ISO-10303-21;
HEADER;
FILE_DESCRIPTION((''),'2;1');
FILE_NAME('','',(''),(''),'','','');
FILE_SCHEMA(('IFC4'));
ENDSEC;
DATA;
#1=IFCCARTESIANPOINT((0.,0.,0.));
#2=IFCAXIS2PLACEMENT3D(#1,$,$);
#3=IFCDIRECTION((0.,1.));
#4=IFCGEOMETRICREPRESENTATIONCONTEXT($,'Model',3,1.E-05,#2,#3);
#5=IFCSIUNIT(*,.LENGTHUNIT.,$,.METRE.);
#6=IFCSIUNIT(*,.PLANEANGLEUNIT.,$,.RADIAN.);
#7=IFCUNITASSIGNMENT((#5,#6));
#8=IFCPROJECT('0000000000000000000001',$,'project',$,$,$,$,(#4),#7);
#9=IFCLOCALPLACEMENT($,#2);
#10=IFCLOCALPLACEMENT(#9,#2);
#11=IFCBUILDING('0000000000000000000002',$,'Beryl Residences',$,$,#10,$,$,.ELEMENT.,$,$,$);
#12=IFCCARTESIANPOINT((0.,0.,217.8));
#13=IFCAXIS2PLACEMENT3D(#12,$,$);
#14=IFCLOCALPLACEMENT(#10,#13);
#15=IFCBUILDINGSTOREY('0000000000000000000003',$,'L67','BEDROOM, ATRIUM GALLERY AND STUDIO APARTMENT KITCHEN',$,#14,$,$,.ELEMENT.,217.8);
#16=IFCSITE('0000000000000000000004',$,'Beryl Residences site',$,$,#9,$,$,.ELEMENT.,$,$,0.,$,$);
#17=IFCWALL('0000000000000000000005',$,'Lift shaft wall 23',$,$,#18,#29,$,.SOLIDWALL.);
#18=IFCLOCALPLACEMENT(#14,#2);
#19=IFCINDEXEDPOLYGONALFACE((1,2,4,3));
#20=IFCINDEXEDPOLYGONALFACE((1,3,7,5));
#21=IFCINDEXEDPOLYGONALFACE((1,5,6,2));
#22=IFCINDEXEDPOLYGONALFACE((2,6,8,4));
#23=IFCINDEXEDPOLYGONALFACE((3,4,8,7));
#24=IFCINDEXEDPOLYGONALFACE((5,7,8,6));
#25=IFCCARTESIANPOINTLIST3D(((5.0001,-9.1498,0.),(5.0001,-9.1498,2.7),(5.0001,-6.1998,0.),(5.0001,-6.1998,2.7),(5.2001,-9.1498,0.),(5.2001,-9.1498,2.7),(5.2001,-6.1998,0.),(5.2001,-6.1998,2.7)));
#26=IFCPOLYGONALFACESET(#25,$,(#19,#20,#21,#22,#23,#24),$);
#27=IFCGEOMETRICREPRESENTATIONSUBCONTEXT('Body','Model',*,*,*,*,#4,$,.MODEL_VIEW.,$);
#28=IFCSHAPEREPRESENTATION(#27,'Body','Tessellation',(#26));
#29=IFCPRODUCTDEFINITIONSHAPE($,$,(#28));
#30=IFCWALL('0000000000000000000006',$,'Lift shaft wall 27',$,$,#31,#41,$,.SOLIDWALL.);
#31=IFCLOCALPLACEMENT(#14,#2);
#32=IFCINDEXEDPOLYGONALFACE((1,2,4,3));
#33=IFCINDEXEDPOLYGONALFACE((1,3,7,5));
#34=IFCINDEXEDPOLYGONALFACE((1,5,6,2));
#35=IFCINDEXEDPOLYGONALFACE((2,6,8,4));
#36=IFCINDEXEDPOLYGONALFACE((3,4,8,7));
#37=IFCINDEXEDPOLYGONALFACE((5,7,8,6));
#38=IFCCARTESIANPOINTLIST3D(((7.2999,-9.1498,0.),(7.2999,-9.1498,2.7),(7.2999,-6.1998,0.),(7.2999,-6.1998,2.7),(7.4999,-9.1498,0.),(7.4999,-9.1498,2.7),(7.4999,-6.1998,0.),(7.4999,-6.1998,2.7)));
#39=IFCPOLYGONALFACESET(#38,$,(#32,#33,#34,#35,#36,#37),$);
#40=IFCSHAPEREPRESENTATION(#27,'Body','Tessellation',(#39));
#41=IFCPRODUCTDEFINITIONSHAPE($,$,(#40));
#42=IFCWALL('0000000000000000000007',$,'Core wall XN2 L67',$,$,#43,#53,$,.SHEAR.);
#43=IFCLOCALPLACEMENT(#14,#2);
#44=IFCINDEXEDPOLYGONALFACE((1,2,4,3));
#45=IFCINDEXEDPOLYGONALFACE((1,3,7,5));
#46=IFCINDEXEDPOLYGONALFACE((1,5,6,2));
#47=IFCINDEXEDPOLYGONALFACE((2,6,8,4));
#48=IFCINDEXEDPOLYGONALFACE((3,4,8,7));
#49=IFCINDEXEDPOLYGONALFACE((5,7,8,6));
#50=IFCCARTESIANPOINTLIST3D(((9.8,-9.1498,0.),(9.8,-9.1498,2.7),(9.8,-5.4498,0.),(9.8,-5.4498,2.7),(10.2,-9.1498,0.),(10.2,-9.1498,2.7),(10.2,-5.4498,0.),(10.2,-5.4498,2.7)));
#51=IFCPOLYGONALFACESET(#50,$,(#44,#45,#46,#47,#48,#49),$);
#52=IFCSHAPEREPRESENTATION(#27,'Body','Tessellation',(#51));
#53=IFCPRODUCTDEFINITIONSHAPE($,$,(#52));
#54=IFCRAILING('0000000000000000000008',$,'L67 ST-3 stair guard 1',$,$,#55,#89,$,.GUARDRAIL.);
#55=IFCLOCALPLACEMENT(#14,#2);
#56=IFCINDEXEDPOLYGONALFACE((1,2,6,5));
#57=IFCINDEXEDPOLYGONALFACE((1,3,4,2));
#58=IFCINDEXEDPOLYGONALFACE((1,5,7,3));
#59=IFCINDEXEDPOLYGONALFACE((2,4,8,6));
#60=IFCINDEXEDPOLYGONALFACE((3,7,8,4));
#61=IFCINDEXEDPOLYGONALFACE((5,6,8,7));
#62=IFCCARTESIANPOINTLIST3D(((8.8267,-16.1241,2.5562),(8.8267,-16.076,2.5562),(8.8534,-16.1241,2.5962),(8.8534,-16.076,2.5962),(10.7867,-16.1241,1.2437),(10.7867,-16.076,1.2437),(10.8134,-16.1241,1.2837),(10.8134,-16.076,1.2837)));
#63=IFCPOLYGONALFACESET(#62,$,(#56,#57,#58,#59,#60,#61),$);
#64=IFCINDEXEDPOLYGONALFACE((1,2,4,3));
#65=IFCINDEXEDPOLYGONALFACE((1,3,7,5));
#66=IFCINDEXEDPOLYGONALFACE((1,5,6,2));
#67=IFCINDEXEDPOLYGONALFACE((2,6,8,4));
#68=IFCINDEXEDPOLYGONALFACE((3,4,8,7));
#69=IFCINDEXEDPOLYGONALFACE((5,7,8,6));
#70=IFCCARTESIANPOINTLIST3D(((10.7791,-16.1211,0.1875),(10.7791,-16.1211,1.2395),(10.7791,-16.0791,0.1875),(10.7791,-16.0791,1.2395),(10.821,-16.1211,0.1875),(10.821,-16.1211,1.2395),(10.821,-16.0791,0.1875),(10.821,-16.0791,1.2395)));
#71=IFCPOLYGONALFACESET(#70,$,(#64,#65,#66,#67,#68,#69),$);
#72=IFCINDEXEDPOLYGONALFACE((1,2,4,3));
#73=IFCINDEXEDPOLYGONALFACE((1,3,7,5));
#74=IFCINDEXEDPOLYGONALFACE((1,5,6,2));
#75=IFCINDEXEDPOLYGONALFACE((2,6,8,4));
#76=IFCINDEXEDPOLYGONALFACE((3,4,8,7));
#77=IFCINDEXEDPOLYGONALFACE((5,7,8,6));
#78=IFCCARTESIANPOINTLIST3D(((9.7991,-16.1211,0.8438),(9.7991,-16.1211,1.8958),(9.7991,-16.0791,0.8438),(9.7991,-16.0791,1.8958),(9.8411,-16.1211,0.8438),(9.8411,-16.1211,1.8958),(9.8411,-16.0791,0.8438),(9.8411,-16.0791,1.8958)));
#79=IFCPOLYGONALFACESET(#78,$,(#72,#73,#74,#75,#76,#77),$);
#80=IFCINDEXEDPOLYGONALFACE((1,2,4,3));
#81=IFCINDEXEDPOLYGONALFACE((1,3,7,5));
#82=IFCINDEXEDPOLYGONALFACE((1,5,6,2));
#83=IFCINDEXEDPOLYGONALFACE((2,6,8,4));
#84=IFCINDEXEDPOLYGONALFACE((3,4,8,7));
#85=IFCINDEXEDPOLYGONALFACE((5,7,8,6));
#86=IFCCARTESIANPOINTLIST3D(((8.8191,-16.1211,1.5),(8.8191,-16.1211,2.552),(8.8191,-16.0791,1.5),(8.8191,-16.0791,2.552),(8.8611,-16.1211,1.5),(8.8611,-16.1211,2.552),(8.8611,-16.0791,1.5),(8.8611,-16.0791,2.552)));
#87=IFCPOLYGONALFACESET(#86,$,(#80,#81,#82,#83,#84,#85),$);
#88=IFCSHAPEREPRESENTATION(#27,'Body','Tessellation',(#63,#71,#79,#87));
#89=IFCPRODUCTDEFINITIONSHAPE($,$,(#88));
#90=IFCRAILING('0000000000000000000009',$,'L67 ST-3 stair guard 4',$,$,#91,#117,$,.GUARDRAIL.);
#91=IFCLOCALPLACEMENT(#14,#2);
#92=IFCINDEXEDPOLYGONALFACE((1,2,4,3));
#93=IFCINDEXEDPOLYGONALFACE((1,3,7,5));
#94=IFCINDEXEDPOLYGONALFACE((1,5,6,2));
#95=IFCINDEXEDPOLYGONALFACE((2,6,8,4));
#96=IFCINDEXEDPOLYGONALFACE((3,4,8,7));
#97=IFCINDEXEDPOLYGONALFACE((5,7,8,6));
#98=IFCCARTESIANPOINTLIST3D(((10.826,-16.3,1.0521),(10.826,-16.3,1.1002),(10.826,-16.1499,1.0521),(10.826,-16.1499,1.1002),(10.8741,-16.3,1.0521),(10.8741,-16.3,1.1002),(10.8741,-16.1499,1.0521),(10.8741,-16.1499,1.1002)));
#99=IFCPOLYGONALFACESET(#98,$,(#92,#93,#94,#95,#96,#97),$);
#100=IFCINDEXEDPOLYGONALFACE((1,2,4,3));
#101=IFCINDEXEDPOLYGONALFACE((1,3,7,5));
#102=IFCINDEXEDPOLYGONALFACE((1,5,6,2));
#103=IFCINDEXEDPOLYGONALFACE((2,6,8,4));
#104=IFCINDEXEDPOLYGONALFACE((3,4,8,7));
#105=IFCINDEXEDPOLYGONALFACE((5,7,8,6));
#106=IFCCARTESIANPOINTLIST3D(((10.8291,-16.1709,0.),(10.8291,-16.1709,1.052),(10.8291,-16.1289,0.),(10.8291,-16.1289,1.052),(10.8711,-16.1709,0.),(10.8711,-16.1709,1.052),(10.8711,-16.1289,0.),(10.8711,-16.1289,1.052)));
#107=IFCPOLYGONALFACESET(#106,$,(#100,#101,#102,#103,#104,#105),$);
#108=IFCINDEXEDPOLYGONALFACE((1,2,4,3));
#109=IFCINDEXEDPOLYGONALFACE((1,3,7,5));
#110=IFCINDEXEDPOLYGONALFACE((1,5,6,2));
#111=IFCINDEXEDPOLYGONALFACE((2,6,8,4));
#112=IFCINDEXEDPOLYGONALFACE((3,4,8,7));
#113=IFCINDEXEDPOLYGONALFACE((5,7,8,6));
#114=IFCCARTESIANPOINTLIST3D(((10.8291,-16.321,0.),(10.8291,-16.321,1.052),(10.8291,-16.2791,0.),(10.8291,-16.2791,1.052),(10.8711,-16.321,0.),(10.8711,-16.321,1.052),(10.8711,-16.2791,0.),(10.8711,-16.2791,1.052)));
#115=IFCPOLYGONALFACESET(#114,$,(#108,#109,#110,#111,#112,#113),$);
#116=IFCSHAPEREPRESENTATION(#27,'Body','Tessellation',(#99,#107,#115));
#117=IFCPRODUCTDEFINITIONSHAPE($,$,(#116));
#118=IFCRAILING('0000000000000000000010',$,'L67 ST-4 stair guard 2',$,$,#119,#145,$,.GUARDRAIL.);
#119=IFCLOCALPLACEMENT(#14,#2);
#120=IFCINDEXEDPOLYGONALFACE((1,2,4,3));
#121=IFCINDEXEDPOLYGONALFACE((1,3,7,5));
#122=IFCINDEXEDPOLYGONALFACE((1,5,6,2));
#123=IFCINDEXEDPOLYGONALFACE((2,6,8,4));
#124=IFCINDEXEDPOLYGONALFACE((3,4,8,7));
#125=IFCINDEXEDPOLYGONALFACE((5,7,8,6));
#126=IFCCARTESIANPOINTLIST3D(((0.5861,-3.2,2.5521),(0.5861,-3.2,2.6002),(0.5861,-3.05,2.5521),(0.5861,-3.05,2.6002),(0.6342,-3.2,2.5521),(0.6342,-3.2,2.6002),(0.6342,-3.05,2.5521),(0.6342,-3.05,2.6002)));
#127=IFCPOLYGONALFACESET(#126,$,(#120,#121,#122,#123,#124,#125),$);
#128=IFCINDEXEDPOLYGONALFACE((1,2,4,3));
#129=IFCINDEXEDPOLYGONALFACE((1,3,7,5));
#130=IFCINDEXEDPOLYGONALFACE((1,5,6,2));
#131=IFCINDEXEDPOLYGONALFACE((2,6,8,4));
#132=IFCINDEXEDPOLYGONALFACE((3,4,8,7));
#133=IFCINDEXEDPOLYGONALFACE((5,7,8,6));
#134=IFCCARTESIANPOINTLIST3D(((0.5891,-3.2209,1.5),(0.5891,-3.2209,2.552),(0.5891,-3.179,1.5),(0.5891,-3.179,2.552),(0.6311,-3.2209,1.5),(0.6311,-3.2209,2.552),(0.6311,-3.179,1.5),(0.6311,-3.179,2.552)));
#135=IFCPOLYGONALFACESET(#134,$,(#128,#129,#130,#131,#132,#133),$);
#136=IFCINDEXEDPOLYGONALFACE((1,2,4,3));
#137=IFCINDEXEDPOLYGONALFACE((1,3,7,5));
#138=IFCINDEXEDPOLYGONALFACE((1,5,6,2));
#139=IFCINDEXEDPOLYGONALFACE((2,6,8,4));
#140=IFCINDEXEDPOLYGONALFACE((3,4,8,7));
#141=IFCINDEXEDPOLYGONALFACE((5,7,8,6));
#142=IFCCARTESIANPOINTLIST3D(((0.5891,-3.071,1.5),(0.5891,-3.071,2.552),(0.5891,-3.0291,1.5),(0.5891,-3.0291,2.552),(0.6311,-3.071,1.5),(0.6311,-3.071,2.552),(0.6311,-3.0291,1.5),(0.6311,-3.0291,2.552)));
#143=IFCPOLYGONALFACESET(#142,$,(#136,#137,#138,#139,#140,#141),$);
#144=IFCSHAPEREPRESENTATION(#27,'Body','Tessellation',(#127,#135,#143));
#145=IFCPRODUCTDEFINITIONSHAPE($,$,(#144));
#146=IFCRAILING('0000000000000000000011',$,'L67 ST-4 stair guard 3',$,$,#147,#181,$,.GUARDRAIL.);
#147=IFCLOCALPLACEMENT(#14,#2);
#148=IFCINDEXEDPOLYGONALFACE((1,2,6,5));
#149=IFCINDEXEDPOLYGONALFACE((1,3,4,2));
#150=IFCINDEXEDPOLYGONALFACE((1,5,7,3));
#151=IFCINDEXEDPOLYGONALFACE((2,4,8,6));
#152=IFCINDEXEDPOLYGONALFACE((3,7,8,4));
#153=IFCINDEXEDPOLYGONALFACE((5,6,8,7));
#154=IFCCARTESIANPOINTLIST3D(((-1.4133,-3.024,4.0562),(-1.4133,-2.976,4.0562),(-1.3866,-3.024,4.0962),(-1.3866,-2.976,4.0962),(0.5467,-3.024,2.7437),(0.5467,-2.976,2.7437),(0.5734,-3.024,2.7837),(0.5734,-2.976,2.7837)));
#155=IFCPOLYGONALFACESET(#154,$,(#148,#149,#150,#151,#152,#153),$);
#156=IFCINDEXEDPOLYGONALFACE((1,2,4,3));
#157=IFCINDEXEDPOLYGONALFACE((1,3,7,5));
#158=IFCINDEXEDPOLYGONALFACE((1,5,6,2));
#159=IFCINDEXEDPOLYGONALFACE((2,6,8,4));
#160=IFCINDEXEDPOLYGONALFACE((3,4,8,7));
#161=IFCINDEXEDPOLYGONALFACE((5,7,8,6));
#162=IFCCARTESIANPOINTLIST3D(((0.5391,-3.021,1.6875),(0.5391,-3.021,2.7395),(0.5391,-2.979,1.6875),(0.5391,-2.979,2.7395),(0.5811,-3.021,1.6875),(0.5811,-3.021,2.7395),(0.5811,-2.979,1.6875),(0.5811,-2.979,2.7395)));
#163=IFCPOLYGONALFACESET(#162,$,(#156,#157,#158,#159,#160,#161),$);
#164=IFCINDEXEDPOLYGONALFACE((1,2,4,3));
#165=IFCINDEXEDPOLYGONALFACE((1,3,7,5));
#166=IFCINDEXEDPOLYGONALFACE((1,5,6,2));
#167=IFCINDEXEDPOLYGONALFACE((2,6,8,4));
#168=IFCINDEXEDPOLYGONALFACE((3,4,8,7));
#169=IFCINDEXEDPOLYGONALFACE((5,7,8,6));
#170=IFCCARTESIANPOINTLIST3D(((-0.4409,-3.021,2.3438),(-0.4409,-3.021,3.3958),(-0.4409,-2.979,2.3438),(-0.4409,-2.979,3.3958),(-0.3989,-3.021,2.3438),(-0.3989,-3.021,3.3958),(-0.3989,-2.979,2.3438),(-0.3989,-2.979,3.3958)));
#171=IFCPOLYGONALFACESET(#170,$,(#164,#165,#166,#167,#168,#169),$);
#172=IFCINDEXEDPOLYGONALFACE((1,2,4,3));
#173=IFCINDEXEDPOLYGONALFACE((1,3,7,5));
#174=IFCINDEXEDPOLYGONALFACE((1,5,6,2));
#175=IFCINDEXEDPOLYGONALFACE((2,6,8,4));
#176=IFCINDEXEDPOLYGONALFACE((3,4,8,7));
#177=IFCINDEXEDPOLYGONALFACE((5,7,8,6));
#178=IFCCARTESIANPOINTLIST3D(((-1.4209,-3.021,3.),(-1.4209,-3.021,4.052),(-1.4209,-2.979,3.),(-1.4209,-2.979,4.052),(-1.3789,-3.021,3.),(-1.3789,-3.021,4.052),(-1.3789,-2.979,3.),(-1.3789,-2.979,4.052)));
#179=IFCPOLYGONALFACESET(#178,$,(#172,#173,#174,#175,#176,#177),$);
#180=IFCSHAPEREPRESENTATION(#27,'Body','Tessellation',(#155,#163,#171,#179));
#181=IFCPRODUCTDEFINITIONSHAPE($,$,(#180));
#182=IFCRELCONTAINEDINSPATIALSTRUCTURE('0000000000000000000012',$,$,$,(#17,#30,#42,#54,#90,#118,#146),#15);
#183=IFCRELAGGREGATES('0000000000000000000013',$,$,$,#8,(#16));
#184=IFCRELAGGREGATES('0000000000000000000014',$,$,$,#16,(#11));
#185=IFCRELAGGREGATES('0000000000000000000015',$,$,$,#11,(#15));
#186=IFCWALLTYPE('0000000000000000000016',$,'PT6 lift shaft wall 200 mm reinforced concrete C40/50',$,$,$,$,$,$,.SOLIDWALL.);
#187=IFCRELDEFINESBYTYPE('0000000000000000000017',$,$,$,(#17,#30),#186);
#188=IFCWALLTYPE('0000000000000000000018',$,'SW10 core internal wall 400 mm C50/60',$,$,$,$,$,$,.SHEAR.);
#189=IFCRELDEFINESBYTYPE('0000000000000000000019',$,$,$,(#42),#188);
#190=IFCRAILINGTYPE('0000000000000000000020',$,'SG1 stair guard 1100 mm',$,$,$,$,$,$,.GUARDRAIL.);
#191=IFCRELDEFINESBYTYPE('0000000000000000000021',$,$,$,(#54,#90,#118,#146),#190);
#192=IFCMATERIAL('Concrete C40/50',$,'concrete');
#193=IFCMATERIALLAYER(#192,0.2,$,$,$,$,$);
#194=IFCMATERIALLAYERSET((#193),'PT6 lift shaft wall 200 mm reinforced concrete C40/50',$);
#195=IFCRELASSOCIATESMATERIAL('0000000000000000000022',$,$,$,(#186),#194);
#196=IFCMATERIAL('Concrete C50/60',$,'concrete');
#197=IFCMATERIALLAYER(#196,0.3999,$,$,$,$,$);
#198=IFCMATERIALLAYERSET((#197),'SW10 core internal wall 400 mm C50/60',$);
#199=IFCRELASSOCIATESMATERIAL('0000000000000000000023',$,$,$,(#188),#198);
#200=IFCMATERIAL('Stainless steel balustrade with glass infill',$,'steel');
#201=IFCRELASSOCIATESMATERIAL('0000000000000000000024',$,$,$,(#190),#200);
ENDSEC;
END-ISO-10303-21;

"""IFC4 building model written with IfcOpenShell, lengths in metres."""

from ifc_helpers import new_model, si_unit, direction, frame, frame_2d, origin, origin_2d, place, context, subcontext, project, spatial, rectangle, extrude, material, layer, layer_set, type_object, element, save


model = new_model("IFC4")

# Units and contexts
model_context = context("Model", 3, precision=1e-05, world=origin(), true_north=direction((0.0, 1.0)))
body_context = subcontext(model_context, "Body", "Model", "MODEL_VIEW")
ifc_project = project(units=[si_unit("LENGTHUNIT", "METRE"), si_unit("PLANEANGLEUNIT", "RADIAN")], contexts=[model_context])

# Site, building, storey
site_placement = place(None, origin())
site = spatial("IfcSite", under=ifc_project, at=site_placement, Name="Beryl Residences site", CompositionType="ELEMENT", RefElevation=0.0)
building_placement = place(site_placement, origin())
building = spatial("IfcBuilding", under=site, at=building_placement, Name="Beryl Residences", CompositionType="ELEMENT")
storey_placement = place(building_placement, frame((0.0, 0.0, 217.8)))
storey = spatial("IfcBuildingStorey", under=building, at=storey_placement, Name="L67", Description="BEDROOM, ATRIUM GALLERY AND STUDIO APARTMENT KITCHEN", CompositionType="ELEMENT", Elevation=217.8)

# Walls
ifc_material_1 = material(Name="Concrete C40/50", Category="concrete")
ifc_layer_1 = layer(ifc_material_1, 0.2)
ifc_layer_set_1 = layer_set([ifc_layer_1], Name="PT6 lift shaft wall 200 mm reinforced concrete C40/50")
wall_type_1 = type_object("IfcWallType", Name="PT6 lift shaft wall 200 mm reinforced concrete C40/50", PredefinedType="SOLIDWALL", material=ifc_layer_set_1)
for number, where, z_axis, x_axis, name in (
    (1, (5.1001, -9.1499, 0.0), (0.0, 0.0, 1.0), (0.0, 1.0, 0.0), "Lift shaft wall 23"),
    (2, (7.3999, -9.1499, 0.0), (0.0, 0.0, 1.0), (0.0, 1.0, 0.0), "Lift shaft wall 27"),
):
    element("IfcWall", number, at=place(storey_placement, frame(where, z_axis=z_axis, x_axis=x_axis)), inside=storey, type_object=wall_type_1, Name=name, PredefinedType="SOLIDWALL", context=body_context, shape_type="SweptSolid", body=[
        extrude(rectangle(XDim=2.95, YDim=0.2, at=frame_2d((1.4751, 0.0))), origin(), (0.0, 0.0, 1.0), 2.7),
    ])
ifc_material_2 = material(Name="Concrete C50/60", Category="concrete")
ifc_layer_2 = layer(ifc_material_2, 0.3999)
ifc_layer_set_2 = layer_set([ifc_layer_2], Name="SW10 core internal wall 400 mm C50/60")
wall_type_2 = type_object("IfcWallType", Name="SW10 core internal wall 400 mm C50/60", PredefinedType="SHEAR", material=ifc_layer_set_2)
wall_1_placement = place(storey_placement, frame((10.0, -9.1499, 0.0), z_axis=(0.0, 0.0, 1.0), x_axis=(0.0, 1.0, 0.0)))
element("IfcWall", 3, at=wall_1_placement, inside=storey, type_object=wall_type_2, Name="Core wall XN2 L67", PredefinedType="SHEAR", context=body_context, shape_type="SweptSolid", body=[
    extrude(rectangle(XDim=3.7, YDim=0.3999, at=frame_2d((1.8501, 0.0))), origin(), (0.0, 0.0, 1.0), 2.7),
])

# Railings
ifc_material_3 = material(Name="Stainless steel balustrade with glass infill", Category="steel")
railing_type_1 = type_object("IfcRailingType", Name="SG1 stair guard 1100 mm", PredefinedType="GUARDRAIL", material=ifc_material_3)
railing_1_placement = place(storey_placement, frame((10.8, -16.1001, 0.1875)))
element("IfcRailing", 4, at=railing_1_placement, inside=storey, type_object=railing_type_1, Name="L67 ST-3 stair guard 1", PredefinedType="GUARDRAIL", context=body_context, shape_type="SweptSolid", body=[
    extrude(rectangle(XDim=0.0481, YDim=0.0481, at=origin_2d()), frame((0.0, 0.0, 1.0762), z_axis=(-0.830902, 0.0, 0.556419), x_axis=(0.0, -1.0, 0.0)), (0.0, 0.0, 1.0), 2.3589),
    extrude(rectangle(XDim=0.042, YDim=0.042, at=origin_2d()), origin(), (0.0, 0.0, 1.0), 1.052),
    extrude(rectangle(XDim=0.042, YDim=0.042, at=origin_2d()), frame((-0.98, 0.0, 0.6562)), (0.0, 0.0, 1.0), 1.052),
    extrude(rectangle(XDim=0.042, YDim=0.042, at=origin_2d()), frame((-1.96, 0.0, 1.3125)), (0.0, 0.0, 1.0), 1.052),
])
railing_2_placement = place(storey_placement, frame((10.8501, -16.1499, 0.0)))
element("IfcRailing", 5, at=railing_2_placement, inside=storey, type_object=railing_type_1, Name="L67 ST-3 stair guard 4", PredefinedType="GUARDRAIL", context=body_context, shape_type="SweptSolid", body=[
    extrude(rectangle(XDim=0.0481, YDim=0.0481, at=origin_2d()), frame((0.0, 0.0, 1.0762), z_axis=(0.0, -1.0, 0.0), x_axis=(1.0, 0.0, 0.0)), (0.0, 0.0, 1.0), 0.1501),
    extrude(rectangle(XDim=0.042, YDim=0.042, at=origin_2d()), origin(), (0.0, 0.0, 1.0), 1.052),
    extrude(rectangle(XDim=0.042, YDim=0.042, at=origin_2d()), frame((0.0, -0.1501, 0.0)), (0.0, 0.0, 1.0), 1.052),
])
railing_3_placement = place(storey_placement, frame((0.6101, -3.2, 1.5)))
element("IfcRailing", 6, at=railing_3_placement, inside=storey, type_object=railing_type_1, Name="L67 ST-4 stair guard 2", PredefinedType="GUARDRAIL", context=body_context, shape_type="SweptSolid", body=[
    extrude(rectangle(XDim=0.0481, YDim=0.0481, at=origin_2d()), frame((0.0, 0.0, 1.0762), z_axis=(0.0, 1.0, 0.0), x_axis=(-1.0, 0.0, 0.0)), (0.0, 0.0, 1.0), 0.1499),
    extrude(rectangle(XDim=0.042, YDim=0.042, at=origin_2d()), origin(), (0.0, 0.0, 1.0), 1.052),
    extrude(rectangle(XDim=0.042, YDim=0.042, at=origin_2d()), frame((0.0, 0.1499, 0.0)), (0.0, 0.0, 1.0), 1.052),
])
railing_4_placement = place(storey_placement, frame((0.5601, -3.0, 1.6875)))
element("IfcRailing", 7, at=railing_4_placement, inside=storey, type_object=railing_type_1, Name="L67 ST-4 stair guard 3", PredefinedType="GUARDRAIL", context=body_context, shape_type="SweptSolid", body=[
    extrude(rectangle(XDim=0.0481, YDim=0.0481, at=origin_2d()), frame((0.0, 0.0, 1.0762), z_axis=(-0.830902, 0.0, 0.556419), x_axis=(0.0, -1.0, 0.0)), (0.0, 0.0, 1.0), 2.3589),
    extrude(rectangle(XDim=0.042, YDim=0.042, at=origin_2d()), origin(), (0.0, 0.0, 1.0), 1.052),
    extrude(rectangle(XDim=0.042, YDim=0.042, at=origin_2d()), frame((-0.98, 0.0, 0.6562)), (0.0, 0.0, 1.0), 1.052),
    extrude(rectangle(XDim=0.042, YDim=0.042, at=origin_2d()), frame((-1.96, 0.0, 1.3125)), (0.0, 0.0, 1.0), 1.052),
])

save(model, "model.ifc")
